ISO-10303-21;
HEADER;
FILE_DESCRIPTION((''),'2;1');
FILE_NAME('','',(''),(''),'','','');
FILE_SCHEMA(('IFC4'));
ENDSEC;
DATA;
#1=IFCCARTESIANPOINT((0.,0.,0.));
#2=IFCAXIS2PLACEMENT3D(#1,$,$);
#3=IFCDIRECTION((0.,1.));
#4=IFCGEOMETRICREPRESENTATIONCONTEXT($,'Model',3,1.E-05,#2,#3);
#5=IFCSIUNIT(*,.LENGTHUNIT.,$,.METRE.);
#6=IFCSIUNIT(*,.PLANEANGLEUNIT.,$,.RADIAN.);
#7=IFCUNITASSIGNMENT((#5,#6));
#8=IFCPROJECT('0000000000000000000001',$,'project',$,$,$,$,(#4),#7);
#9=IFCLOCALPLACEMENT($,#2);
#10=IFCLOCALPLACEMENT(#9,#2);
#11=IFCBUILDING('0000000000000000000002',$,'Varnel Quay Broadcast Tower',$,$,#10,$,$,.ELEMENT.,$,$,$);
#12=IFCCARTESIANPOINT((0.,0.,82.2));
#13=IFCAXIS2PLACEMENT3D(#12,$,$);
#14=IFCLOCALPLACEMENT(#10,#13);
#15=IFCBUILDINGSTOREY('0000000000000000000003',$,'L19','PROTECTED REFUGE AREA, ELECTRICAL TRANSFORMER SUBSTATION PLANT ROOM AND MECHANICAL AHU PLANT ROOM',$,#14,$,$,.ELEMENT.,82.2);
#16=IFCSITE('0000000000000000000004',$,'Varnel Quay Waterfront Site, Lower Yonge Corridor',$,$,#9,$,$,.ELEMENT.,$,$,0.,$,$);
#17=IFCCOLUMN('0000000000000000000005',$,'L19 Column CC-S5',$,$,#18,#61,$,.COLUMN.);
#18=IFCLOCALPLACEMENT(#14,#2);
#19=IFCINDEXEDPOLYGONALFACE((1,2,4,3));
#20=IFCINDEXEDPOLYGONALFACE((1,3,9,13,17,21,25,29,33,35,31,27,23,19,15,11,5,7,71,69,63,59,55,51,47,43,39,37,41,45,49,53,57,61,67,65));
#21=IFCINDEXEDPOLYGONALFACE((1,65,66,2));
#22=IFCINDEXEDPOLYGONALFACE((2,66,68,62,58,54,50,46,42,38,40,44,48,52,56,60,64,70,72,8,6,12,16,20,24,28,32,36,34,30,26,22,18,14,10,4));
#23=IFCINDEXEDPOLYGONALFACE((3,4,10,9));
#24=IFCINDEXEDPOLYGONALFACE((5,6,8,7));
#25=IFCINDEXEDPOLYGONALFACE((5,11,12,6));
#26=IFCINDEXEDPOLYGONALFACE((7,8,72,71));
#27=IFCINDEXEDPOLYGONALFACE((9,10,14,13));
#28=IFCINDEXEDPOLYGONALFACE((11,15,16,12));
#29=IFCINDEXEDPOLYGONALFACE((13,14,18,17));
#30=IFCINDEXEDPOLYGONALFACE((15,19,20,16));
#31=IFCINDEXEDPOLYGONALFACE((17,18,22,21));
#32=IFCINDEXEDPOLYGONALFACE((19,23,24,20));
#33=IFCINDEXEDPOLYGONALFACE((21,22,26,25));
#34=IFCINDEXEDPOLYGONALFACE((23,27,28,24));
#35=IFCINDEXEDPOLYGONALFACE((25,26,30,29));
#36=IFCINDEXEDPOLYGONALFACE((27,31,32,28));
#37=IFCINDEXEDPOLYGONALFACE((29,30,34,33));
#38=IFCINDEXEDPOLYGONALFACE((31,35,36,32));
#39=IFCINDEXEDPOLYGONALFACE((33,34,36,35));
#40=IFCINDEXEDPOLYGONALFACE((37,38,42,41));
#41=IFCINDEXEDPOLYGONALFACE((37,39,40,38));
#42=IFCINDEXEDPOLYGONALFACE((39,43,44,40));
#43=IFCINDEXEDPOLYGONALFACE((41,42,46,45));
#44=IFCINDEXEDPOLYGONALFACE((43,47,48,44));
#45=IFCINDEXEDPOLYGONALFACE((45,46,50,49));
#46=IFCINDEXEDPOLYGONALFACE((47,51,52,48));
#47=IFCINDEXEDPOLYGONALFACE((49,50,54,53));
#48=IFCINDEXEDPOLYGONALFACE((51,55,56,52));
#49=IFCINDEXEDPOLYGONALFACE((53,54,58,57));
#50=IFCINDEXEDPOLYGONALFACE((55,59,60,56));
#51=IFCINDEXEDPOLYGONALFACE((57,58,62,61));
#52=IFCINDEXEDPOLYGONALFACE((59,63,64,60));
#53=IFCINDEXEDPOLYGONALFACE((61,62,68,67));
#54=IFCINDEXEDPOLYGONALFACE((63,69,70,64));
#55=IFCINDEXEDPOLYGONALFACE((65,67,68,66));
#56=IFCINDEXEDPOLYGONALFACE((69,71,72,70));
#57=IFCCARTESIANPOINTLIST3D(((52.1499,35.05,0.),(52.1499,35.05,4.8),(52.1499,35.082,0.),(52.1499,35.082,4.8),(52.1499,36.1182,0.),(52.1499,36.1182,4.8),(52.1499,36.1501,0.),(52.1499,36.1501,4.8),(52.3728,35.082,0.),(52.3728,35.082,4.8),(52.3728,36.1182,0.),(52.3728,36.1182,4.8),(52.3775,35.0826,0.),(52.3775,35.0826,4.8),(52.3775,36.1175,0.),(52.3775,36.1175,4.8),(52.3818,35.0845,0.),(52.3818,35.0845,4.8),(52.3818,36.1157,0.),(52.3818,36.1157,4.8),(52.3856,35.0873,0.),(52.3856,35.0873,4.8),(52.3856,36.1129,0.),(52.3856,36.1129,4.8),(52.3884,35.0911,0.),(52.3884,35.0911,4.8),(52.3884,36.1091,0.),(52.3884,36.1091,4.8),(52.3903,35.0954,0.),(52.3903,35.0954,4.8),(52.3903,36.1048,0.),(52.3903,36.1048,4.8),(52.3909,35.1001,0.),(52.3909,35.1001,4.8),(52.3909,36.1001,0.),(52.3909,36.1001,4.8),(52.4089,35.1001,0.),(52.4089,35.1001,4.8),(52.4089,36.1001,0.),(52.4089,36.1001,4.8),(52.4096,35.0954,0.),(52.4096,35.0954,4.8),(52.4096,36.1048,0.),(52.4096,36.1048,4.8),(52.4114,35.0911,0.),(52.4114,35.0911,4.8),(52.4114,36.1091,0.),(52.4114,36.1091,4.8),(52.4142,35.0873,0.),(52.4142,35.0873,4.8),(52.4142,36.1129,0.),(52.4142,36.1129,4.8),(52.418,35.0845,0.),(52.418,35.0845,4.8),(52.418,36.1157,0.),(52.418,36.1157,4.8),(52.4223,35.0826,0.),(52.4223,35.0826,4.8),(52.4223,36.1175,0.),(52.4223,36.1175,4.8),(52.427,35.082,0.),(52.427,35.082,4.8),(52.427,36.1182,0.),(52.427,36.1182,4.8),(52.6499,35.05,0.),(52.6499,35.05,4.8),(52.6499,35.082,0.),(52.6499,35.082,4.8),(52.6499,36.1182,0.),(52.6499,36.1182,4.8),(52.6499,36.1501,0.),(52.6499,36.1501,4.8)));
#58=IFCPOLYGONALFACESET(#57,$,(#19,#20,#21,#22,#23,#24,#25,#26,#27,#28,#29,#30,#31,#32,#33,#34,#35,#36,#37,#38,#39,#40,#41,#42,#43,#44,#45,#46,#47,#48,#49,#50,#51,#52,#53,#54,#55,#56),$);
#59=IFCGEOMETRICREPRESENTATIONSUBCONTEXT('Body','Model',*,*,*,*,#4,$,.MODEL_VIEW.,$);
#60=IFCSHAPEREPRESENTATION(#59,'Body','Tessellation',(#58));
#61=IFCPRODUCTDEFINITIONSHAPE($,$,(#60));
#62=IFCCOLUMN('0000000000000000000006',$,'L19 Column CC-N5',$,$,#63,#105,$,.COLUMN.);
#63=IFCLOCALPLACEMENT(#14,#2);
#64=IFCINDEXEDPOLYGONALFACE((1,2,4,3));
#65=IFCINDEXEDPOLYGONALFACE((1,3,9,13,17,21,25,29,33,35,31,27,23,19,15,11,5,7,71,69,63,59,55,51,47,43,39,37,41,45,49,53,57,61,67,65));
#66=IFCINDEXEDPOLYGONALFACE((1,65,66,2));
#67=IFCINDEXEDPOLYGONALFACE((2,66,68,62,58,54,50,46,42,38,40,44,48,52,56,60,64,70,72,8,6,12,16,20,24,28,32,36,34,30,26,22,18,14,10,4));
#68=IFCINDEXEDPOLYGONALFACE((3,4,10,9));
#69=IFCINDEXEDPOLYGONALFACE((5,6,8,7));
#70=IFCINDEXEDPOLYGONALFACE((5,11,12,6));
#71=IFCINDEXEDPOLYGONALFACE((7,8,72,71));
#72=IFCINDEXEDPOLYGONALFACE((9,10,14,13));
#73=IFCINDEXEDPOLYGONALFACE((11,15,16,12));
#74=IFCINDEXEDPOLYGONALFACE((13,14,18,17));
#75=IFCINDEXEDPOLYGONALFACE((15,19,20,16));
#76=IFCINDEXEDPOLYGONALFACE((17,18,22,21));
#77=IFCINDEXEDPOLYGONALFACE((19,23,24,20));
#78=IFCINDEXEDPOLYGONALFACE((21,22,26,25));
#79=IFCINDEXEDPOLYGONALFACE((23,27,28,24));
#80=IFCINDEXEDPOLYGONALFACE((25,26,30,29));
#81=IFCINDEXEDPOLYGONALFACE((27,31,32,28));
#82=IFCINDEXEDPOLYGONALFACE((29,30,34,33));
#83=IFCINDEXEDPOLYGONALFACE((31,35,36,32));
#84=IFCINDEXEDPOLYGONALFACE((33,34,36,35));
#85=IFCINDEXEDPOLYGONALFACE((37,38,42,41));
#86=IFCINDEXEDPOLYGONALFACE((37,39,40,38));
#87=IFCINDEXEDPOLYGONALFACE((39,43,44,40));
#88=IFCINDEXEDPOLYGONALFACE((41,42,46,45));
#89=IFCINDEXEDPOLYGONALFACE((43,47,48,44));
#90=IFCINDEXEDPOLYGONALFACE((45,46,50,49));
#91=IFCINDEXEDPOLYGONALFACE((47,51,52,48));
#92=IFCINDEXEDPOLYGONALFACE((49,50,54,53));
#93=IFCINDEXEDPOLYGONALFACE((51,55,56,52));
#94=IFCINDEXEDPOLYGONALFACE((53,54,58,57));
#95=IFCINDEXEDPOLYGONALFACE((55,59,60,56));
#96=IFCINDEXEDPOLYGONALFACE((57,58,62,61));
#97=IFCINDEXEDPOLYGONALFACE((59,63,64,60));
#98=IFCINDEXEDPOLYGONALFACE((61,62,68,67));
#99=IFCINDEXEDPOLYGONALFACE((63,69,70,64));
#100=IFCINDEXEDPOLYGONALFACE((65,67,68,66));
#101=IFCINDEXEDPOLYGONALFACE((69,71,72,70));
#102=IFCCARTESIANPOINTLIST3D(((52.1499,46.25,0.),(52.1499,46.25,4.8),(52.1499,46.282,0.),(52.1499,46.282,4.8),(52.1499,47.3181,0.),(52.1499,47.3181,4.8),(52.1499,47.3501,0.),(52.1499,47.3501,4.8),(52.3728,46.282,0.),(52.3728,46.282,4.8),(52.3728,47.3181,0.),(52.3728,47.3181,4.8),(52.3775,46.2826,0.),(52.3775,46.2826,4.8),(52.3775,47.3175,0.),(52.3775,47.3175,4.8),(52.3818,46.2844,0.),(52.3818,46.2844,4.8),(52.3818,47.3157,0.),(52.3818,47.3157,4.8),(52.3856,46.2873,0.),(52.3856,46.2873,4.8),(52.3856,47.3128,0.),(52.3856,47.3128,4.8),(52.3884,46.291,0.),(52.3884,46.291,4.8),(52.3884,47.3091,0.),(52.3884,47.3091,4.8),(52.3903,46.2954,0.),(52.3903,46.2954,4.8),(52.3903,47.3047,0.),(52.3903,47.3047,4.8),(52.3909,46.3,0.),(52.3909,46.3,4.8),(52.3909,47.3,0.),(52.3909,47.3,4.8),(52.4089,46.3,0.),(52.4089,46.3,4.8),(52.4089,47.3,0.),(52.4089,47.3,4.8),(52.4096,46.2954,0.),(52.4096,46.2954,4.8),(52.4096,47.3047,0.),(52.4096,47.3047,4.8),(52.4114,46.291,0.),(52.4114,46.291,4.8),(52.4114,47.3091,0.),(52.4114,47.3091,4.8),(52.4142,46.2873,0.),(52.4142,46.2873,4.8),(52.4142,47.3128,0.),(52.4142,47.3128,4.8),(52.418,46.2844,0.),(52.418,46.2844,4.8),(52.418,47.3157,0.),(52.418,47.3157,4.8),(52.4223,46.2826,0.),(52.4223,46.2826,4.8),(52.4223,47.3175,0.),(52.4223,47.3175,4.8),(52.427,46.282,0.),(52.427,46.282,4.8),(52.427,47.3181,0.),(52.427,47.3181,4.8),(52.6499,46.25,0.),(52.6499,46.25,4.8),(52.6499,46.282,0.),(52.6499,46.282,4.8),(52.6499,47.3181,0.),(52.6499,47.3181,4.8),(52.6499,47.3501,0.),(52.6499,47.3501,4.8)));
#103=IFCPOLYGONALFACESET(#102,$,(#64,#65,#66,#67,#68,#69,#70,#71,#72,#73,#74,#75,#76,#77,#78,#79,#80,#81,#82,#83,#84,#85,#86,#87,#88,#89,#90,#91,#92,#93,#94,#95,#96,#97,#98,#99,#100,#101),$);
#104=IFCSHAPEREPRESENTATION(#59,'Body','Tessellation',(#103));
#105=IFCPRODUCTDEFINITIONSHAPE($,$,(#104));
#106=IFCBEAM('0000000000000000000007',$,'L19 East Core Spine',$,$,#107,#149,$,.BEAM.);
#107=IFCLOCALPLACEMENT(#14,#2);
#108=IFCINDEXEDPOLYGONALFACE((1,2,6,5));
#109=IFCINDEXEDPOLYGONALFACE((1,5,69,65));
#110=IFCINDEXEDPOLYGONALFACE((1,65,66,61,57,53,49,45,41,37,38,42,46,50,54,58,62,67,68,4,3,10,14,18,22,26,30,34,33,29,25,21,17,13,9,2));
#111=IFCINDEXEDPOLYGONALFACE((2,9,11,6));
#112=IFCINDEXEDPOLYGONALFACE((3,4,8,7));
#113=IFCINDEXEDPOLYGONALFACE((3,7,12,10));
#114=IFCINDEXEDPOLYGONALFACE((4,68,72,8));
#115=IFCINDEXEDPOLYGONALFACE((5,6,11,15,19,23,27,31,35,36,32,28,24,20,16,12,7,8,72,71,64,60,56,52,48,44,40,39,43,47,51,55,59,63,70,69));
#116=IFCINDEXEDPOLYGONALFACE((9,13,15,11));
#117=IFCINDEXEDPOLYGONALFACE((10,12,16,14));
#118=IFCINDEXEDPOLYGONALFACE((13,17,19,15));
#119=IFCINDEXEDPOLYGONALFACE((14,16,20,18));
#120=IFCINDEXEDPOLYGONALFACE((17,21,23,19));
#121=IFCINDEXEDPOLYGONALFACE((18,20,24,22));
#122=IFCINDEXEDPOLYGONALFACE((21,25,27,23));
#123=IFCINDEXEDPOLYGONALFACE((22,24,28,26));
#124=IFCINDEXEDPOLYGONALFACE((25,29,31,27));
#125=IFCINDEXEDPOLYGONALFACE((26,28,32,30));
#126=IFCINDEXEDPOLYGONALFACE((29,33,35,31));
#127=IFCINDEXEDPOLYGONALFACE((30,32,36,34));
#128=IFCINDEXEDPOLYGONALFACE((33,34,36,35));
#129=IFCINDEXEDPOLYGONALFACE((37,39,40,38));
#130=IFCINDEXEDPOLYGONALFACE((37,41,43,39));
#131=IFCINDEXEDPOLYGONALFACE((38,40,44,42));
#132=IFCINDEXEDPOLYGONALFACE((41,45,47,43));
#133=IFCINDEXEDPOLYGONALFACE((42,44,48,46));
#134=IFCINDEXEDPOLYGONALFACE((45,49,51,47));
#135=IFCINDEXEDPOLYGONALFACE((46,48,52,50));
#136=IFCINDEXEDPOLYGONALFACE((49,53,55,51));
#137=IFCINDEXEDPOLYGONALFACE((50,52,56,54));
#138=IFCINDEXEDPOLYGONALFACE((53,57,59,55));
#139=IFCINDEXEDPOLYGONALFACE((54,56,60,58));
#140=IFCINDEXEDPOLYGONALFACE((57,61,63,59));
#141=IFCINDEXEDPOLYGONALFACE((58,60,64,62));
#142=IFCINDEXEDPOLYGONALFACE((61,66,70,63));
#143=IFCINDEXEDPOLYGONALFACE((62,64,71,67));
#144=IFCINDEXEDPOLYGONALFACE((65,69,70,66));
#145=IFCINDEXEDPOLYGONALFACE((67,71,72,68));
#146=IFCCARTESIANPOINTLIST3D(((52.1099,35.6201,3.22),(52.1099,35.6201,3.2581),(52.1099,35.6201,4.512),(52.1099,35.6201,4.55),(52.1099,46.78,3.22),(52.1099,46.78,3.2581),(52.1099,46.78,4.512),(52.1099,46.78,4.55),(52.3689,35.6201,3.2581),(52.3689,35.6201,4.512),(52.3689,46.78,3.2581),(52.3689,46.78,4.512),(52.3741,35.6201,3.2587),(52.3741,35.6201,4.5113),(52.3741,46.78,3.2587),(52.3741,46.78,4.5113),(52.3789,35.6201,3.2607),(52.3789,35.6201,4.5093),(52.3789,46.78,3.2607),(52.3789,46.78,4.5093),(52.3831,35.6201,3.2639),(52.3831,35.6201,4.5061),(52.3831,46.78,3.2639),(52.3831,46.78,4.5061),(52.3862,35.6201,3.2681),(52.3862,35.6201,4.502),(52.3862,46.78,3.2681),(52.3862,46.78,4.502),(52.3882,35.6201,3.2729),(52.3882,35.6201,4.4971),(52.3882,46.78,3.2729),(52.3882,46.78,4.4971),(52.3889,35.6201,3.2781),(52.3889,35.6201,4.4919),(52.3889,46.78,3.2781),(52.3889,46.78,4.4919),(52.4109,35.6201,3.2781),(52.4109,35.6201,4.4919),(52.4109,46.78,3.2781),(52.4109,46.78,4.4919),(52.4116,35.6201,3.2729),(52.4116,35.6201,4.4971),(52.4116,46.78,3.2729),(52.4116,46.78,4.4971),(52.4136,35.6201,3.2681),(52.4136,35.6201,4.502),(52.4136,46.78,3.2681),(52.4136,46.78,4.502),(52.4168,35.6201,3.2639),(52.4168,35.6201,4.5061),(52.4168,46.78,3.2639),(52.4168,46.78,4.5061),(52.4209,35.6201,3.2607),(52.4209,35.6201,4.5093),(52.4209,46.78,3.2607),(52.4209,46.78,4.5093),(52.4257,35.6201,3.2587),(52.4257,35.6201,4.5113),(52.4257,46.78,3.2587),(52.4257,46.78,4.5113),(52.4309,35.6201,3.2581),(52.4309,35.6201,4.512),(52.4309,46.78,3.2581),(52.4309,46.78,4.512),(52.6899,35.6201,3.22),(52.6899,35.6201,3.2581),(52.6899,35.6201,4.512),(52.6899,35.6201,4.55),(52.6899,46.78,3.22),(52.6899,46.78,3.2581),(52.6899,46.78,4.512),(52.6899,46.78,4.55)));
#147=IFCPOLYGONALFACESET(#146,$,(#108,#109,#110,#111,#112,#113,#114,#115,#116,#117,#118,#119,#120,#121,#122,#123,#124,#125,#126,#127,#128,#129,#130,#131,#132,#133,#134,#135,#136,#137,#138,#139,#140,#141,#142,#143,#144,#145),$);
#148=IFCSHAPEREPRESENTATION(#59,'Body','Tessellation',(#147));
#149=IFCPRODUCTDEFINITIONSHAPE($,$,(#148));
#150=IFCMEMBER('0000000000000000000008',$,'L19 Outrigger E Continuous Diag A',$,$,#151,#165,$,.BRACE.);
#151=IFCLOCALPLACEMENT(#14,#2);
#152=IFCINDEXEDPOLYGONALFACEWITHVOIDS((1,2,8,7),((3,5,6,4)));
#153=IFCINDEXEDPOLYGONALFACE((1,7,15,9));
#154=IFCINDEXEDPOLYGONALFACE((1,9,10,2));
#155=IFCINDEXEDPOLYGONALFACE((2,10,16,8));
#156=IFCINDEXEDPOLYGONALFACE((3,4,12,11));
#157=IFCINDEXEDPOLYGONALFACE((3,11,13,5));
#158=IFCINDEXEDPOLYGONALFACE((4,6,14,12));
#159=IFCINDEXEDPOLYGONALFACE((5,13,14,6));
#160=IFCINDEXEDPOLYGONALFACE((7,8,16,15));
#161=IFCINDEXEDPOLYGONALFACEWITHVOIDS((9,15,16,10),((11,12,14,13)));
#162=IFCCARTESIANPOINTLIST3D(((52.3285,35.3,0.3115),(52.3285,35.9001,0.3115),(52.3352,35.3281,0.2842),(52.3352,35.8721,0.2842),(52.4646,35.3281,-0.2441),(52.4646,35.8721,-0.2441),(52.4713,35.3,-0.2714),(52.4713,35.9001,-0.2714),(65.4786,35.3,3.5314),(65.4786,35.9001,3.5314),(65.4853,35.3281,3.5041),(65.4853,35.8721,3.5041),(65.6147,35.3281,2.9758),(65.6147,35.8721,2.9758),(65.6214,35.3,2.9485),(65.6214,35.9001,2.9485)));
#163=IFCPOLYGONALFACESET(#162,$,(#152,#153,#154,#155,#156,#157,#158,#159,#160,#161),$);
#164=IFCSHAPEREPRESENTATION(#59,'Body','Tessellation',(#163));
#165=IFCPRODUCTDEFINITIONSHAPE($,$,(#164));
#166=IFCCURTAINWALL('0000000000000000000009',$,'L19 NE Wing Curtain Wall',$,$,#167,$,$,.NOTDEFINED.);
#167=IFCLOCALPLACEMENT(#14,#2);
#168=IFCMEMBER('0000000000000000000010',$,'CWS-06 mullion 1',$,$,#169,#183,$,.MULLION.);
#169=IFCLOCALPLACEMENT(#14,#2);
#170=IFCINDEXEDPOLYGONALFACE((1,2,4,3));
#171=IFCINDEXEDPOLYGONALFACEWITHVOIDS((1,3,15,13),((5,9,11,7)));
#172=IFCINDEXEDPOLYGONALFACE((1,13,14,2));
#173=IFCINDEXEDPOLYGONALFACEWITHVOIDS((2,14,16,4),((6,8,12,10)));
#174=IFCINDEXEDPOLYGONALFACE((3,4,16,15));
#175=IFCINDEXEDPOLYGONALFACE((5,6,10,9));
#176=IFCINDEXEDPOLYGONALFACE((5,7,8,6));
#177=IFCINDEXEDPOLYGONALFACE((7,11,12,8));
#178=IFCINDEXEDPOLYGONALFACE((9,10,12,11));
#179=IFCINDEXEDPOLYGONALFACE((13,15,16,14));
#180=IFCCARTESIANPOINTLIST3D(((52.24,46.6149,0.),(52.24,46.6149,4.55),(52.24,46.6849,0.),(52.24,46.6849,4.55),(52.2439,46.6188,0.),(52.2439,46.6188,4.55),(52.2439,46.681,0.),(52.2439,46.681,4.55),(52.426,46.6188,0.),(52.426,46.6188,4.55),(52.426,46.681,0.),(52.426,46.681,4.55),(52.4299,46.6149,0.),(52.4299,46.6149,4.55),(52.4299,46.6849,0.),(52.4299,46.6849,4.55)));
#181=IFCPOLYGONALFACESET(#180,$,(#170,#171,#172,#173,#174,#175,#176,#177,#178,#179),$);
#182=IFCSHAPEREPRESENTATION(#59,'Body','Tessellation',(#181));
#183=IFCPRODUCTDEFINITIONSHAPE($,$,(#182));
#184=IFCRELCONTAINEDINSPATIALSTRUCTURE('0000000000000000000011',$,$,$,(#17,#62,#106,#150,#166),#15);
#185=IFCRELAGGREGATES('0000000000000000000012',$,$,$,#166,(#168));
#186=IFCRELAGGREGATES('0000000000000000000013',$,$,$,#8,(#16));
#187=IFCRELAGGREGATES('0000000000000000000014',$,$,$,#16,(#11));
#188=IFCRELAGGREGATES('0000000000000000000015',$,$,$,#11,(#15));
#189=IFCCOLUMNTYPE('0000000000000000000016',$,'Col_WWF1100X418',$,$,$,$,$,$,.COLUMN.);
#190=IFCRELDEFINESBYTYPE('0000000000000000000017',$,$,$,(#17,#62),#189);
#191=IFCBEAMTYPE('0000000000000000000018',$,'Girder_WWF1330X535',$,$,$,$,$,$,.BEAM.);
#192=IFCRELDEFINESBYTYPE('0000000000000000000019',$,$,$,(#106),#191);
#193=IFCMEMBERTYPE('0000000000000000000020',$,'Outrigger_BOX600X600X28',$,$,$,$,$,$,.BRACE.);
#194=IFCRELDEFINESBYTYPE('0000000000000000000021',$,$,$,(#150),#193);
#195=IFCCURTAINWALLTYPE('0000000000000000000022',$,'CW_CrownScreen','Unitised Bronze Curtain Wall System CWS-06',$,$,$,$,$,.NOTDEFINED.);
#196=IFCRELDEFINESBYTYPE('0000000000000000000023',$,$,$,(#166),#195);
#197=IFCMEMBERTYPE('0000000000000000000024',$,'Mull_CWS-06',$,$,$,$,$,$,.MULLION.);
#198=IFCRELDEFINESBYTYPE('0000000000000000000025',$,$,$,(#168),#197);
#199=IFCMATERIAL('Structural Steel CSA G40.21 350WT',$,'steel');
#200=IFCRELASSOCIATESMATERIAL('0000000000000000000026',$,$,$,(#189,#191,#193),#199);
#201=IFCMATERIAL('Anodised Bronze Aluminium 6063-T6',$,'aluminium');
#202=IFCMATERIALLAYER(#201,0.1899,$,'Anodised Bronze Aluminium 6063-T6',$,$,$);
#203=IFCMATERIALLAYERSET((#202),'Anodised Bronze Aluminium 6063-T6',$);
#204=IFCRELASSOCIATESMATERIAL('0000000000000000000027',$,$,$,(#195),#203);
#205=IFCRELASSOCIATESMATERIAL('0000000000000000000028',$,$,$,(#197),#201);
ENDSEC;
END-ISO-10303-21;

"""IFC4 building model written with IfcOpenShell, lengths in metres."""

from ifc_helpers import new_model, si_unit, direction, frame, origin, origin_2d, place, context, subcontext, project, spatial, hollow_rectangle, i_section, extrude, source, transform, mapped, material, layer, layer_set, material_profile, profile_set, type_object, type_shapes, element, aggregate, save


model = new_model("IFC4")

# Units and contexts
model_context = context("Model", 3, precision=1e-05, world=origin(), true_north=direction((0.0, 1.0)))
body_context = subcontext(model_context, "Body", "Model", "MODEL_VIEW")
ifc_project = project(units=[si_unit("LENGTHUNIT", "METRE"), si_unit("PLANEANGLEUNIT", "RADIAN")], contexts=[model_context])

# Site, building, storey
site_placement = place(None, origin())
site = spatial("IfcSite", under=ifc_project, at=site_placement, Name="Varnel Quay Waterfront Site, Lower Yonge Corridor", CompositionType="ELEMENT", RefElevation=0.0)
building_placement = place(site_placement, origin())
building = spatial("IfcBuilding", under=site, at=building_placement, Name="Varnel Quay Broadcast Tower", CompositionType="ELEMENT")
storey_placement = place(building_placement, frame((0.0, 0.0, 82.2)))
storey = spatial("IfcBuildingStorey", under=building, at=storey_placement, Name="L19", Description="PROTECTED REFUGE AREA, ELECTRICAL TRANSFORMER SUBSTATION PLANT ROOM AND MECHANICAL AHU PLANT ROOM", CompositionType="ELEMENT", Elevation=82.2)

# Columns
ifc_material_1 = material(Name="Structural Steel CSA G40.21 350WT", Category="steel")
ifc_material_profile_1 = material_profile(ifc_material_1, i_section(OverallWidth=0.5, OverallDepth=1.1001, WebThickness=0.0181, FlangeThickness=0.032, FilletRadius=0.0181, at=origin_2d()), Name="WWF1100X418")
ifc_profile_set_1 = profile_set([ifc_material_profile_1], Name="Structural Steel CSA G40.21 350WT")
column_type = type_object("IfcColumnType", Name="Col_WWF1100X418", PredefinedType="COLUMN", material=ifc_profile_set_1)
shared_shape_1 = source(origin(), body_context, "Body", "SweptSolid", [
    extrude(i_section(OverallWidth=0.5, OverallDepth=1.1001, WebThickness=0.0181, FlangeThickness=0.032, FilletRadius=0.0181, at=origin_2d()), origin(), (0.0, 0.0, 1.0), 4.8),
])
type_shapes(column_type, [shared_shape_1])
for number, where, z_axis, x_axis, name in (
    (1, (52.3999, 35.6001, 0.0), (0.0, 0.0, 1.0), (1.0, 0.0, 0.0), "L19 Column CC-S5"),
    (2, (52.3999, 46.8, 0.0), (0.0, 0.0, 1.0), (1.0, 0.0, 0.0), "L19 Column CC-N5"),
):
    element("IfcColumn", number, at=place(storey_placement, frame(where, z_axis=z_axis, x_axis=x_axis)), inside=storey, type_object=column_type, Name=name, PredefinedType="COLUMN", context=body_context, shape_type="MappedRepresentation", body=[
        mapped(shared_shape_1, transform((0.0, 0.0, 0.0), x_axis=(1.0, 0.0, 0.0), y_axis=(0.0, 1.0, 0.0), z_axis=(0.0, 0.0, 1.0), scale=1.0)),
    ])

# Beam
ifc_material_profile_2 = material_profile(ifc_material_1, i_section(OverallWidth=0.5801, OverallDepth=1.3301, WebThickness=0.022, FlangeThickness=0.0381, FilletRadius=0.02, at=origin_2d()), Name="WWF1330X535")
ifc_profile_set_2 = profile_set([ifc_material_profile_2], Name="Structural Steel CSA G40.21 350WT")
beam_type = type_object("IfcBeamType", Name="Girder_WWF1330X535", PredefinedType="BEAM", material=ifc_profile_set_2)
shared_shape_2 = source(origin(), body_context, "Body", "SweptSolid", [
    extrude(i_section(OverallWidth=0.5801, OverallDepth=1.3301, WebThickness=0.022, FlangeThickness=0.0381, FilletRadius=0.02, at=origin_2d()), origin(), (0.0, 0.0, 1.0), 11.1599),
])
type_shapes(beam_type, [shared_shape_2])
beam_placement = place(storey_placement, frame((52.3999, 35.6201, 3.885), z_axis=(0.0, 1.0, 0.0), x_axis=(-1.0, 0.0, 0.0)))
element("IfcBeam", 3, at=beam_placement, inside=storey, type_object=beam_type, Name="L19 East Core Spine", PredefinedType="BEAM", context=body_context, shape_type="MappedRepresentation", body=[
    mapped(shared_shape_2, transform((0.0, 0.0, 0.0), x_axis=(1.0, 0.0, 0.0), y_axis=(0.0, 1.0, 0.0), z_axis=(0.0, 0.0, 1.0), scale=1.0)),
])

# Member
ifc_material_profile_3 = material_profile(ifc_material_1, hollow_rectangle(XDim=0.6001, YDim=0.6001, WallThickness=0.0281, at=origin_2d()), Name="BOX600X600X28")
ifc_profile_set_3 = profile_set([ifc_material_profile_3], Name="Structural Steel CSA G40.21 350WT")
member_type_1 = type_object("IfcMemberType", Name="Outrigger_BOX600X600X28", PredefinedType="BRACE", material=ifc_profile_set_3)
shared_shape_3 = source(origin(), body_context, "Body", "SweptSolid", [
    extrude(hollow_rectangle(XDim=0.6001, YDim=0.6001, WallThickness=0.0281, at=origin_2d()), origin(), (0.0, 0.0, 1.0), 13.5386),
])
type_shapes(member_type_1, [shared_shape_3])
member_1_placement = place(storey_placement, frame((52.3999, 35.6001, 0.02), z_axis=(0.971305, 0.0, 0.237836), x_axis=(0.0, 1.0, 0.0)))
element("IfcMember", 4, at=member_1_placement, inside=storey, type_object=member_type_1, Name="L19 Outrigger E Continuous Diag A", PredefinedType="BRACE", context=body_context, shape_type="MappedRepresentation", body=[
    mapped(shared_shape_3, transform((0.0, 0.0, 0.0), x_axis=(1.0, 0.0, 0.0), y_axis=(0.0, 1.0, 0.0), z_axis=(0.0, 0.0, 1.0), scale=1.0)),
])

# Curtain wall, member
ifc_material_2 = material(Name="Anodised Bronze Aluminium 6063-T6", Category="aluminium")
ifc_layer_1 = layer(ifc_material_2, 0.1899, Name="Anodised Bronze Aluminium 6063-T6")
ifc_layer_set_1 = layer_set([ifc_layer_1], Name="Anodised Bronze Aluminium 6063-T6")
curtain_wall_type = type_object("IfcCurtainWallType", Name="CW_CrownScreen", Description="Unitised Bronze Curtain Wall System CWS-06", PredefinedType="NOTDEFINED", material=ifc_layer_set_1)
curtain_wall_placement = place(storey_placement, origin())
curtain_wall = element("IfcCurtainWall", 5, at=curtain_wall_placement, inside=storey, type_object=curtain_wall_type, Name="L19 NE Wing Curtain Wall", PredefinedType="NOTDEFINED")
ifc_material_profile_4 = material_profile(ifc_material_2, hollow_rectangle(XDim=0.0701, YDim=0.1899, WallThickness=0.0039, at=origin_2d()), Name="ALU70X190X4")
ifc_profile_set_4 = profile_set([ifc_material_profile_4], Name="Anodised Bronze Aluminium 6063-T6")
member_type_2 = type_object("IfcMemberType", Name="Mull_CWS-06", PredefinedType="MULLION", material=ifc_profile_set_4)
shared_shape_4 = source(origin(), body_context, "Body", "SweptSolid", [
    extrude(hollow_rectangle(XDim=0.0701, YDim=0.1899, WallThickness=0.0039, at=origin_2d()), origin(), (0.0, 0.0, 1.0), 4.55),
])
type_shapes(member_type_2, [shared_shape_4])
member_2_placement = place(storey_placement, frame((52.335, 46.6499, 0.0), z_axis=(0.0, 0.0, 1.0), x_axis=(0.0, 1.0, 0.0)))
member_2 = element("IfcMember", 6, at=member_2_placement, type_object=member_type_2, Name="CWS-06 mullion 1", PredefinedType="MULLION", context=body_context, shape_type="MappedRepresentation", body=[
    mapped(shared_shape_4, transform((0.0, 0.0, 0.0), x_axis=(1.0, 0.0, 0.0), y_axis=(0.0, 1.0, 0.0), z_axis=(0.0, 0.0, 1.0), scale=1.0)),
])
aggregate(curtain_wall, [member_2])

save(model, "model.ifc")
